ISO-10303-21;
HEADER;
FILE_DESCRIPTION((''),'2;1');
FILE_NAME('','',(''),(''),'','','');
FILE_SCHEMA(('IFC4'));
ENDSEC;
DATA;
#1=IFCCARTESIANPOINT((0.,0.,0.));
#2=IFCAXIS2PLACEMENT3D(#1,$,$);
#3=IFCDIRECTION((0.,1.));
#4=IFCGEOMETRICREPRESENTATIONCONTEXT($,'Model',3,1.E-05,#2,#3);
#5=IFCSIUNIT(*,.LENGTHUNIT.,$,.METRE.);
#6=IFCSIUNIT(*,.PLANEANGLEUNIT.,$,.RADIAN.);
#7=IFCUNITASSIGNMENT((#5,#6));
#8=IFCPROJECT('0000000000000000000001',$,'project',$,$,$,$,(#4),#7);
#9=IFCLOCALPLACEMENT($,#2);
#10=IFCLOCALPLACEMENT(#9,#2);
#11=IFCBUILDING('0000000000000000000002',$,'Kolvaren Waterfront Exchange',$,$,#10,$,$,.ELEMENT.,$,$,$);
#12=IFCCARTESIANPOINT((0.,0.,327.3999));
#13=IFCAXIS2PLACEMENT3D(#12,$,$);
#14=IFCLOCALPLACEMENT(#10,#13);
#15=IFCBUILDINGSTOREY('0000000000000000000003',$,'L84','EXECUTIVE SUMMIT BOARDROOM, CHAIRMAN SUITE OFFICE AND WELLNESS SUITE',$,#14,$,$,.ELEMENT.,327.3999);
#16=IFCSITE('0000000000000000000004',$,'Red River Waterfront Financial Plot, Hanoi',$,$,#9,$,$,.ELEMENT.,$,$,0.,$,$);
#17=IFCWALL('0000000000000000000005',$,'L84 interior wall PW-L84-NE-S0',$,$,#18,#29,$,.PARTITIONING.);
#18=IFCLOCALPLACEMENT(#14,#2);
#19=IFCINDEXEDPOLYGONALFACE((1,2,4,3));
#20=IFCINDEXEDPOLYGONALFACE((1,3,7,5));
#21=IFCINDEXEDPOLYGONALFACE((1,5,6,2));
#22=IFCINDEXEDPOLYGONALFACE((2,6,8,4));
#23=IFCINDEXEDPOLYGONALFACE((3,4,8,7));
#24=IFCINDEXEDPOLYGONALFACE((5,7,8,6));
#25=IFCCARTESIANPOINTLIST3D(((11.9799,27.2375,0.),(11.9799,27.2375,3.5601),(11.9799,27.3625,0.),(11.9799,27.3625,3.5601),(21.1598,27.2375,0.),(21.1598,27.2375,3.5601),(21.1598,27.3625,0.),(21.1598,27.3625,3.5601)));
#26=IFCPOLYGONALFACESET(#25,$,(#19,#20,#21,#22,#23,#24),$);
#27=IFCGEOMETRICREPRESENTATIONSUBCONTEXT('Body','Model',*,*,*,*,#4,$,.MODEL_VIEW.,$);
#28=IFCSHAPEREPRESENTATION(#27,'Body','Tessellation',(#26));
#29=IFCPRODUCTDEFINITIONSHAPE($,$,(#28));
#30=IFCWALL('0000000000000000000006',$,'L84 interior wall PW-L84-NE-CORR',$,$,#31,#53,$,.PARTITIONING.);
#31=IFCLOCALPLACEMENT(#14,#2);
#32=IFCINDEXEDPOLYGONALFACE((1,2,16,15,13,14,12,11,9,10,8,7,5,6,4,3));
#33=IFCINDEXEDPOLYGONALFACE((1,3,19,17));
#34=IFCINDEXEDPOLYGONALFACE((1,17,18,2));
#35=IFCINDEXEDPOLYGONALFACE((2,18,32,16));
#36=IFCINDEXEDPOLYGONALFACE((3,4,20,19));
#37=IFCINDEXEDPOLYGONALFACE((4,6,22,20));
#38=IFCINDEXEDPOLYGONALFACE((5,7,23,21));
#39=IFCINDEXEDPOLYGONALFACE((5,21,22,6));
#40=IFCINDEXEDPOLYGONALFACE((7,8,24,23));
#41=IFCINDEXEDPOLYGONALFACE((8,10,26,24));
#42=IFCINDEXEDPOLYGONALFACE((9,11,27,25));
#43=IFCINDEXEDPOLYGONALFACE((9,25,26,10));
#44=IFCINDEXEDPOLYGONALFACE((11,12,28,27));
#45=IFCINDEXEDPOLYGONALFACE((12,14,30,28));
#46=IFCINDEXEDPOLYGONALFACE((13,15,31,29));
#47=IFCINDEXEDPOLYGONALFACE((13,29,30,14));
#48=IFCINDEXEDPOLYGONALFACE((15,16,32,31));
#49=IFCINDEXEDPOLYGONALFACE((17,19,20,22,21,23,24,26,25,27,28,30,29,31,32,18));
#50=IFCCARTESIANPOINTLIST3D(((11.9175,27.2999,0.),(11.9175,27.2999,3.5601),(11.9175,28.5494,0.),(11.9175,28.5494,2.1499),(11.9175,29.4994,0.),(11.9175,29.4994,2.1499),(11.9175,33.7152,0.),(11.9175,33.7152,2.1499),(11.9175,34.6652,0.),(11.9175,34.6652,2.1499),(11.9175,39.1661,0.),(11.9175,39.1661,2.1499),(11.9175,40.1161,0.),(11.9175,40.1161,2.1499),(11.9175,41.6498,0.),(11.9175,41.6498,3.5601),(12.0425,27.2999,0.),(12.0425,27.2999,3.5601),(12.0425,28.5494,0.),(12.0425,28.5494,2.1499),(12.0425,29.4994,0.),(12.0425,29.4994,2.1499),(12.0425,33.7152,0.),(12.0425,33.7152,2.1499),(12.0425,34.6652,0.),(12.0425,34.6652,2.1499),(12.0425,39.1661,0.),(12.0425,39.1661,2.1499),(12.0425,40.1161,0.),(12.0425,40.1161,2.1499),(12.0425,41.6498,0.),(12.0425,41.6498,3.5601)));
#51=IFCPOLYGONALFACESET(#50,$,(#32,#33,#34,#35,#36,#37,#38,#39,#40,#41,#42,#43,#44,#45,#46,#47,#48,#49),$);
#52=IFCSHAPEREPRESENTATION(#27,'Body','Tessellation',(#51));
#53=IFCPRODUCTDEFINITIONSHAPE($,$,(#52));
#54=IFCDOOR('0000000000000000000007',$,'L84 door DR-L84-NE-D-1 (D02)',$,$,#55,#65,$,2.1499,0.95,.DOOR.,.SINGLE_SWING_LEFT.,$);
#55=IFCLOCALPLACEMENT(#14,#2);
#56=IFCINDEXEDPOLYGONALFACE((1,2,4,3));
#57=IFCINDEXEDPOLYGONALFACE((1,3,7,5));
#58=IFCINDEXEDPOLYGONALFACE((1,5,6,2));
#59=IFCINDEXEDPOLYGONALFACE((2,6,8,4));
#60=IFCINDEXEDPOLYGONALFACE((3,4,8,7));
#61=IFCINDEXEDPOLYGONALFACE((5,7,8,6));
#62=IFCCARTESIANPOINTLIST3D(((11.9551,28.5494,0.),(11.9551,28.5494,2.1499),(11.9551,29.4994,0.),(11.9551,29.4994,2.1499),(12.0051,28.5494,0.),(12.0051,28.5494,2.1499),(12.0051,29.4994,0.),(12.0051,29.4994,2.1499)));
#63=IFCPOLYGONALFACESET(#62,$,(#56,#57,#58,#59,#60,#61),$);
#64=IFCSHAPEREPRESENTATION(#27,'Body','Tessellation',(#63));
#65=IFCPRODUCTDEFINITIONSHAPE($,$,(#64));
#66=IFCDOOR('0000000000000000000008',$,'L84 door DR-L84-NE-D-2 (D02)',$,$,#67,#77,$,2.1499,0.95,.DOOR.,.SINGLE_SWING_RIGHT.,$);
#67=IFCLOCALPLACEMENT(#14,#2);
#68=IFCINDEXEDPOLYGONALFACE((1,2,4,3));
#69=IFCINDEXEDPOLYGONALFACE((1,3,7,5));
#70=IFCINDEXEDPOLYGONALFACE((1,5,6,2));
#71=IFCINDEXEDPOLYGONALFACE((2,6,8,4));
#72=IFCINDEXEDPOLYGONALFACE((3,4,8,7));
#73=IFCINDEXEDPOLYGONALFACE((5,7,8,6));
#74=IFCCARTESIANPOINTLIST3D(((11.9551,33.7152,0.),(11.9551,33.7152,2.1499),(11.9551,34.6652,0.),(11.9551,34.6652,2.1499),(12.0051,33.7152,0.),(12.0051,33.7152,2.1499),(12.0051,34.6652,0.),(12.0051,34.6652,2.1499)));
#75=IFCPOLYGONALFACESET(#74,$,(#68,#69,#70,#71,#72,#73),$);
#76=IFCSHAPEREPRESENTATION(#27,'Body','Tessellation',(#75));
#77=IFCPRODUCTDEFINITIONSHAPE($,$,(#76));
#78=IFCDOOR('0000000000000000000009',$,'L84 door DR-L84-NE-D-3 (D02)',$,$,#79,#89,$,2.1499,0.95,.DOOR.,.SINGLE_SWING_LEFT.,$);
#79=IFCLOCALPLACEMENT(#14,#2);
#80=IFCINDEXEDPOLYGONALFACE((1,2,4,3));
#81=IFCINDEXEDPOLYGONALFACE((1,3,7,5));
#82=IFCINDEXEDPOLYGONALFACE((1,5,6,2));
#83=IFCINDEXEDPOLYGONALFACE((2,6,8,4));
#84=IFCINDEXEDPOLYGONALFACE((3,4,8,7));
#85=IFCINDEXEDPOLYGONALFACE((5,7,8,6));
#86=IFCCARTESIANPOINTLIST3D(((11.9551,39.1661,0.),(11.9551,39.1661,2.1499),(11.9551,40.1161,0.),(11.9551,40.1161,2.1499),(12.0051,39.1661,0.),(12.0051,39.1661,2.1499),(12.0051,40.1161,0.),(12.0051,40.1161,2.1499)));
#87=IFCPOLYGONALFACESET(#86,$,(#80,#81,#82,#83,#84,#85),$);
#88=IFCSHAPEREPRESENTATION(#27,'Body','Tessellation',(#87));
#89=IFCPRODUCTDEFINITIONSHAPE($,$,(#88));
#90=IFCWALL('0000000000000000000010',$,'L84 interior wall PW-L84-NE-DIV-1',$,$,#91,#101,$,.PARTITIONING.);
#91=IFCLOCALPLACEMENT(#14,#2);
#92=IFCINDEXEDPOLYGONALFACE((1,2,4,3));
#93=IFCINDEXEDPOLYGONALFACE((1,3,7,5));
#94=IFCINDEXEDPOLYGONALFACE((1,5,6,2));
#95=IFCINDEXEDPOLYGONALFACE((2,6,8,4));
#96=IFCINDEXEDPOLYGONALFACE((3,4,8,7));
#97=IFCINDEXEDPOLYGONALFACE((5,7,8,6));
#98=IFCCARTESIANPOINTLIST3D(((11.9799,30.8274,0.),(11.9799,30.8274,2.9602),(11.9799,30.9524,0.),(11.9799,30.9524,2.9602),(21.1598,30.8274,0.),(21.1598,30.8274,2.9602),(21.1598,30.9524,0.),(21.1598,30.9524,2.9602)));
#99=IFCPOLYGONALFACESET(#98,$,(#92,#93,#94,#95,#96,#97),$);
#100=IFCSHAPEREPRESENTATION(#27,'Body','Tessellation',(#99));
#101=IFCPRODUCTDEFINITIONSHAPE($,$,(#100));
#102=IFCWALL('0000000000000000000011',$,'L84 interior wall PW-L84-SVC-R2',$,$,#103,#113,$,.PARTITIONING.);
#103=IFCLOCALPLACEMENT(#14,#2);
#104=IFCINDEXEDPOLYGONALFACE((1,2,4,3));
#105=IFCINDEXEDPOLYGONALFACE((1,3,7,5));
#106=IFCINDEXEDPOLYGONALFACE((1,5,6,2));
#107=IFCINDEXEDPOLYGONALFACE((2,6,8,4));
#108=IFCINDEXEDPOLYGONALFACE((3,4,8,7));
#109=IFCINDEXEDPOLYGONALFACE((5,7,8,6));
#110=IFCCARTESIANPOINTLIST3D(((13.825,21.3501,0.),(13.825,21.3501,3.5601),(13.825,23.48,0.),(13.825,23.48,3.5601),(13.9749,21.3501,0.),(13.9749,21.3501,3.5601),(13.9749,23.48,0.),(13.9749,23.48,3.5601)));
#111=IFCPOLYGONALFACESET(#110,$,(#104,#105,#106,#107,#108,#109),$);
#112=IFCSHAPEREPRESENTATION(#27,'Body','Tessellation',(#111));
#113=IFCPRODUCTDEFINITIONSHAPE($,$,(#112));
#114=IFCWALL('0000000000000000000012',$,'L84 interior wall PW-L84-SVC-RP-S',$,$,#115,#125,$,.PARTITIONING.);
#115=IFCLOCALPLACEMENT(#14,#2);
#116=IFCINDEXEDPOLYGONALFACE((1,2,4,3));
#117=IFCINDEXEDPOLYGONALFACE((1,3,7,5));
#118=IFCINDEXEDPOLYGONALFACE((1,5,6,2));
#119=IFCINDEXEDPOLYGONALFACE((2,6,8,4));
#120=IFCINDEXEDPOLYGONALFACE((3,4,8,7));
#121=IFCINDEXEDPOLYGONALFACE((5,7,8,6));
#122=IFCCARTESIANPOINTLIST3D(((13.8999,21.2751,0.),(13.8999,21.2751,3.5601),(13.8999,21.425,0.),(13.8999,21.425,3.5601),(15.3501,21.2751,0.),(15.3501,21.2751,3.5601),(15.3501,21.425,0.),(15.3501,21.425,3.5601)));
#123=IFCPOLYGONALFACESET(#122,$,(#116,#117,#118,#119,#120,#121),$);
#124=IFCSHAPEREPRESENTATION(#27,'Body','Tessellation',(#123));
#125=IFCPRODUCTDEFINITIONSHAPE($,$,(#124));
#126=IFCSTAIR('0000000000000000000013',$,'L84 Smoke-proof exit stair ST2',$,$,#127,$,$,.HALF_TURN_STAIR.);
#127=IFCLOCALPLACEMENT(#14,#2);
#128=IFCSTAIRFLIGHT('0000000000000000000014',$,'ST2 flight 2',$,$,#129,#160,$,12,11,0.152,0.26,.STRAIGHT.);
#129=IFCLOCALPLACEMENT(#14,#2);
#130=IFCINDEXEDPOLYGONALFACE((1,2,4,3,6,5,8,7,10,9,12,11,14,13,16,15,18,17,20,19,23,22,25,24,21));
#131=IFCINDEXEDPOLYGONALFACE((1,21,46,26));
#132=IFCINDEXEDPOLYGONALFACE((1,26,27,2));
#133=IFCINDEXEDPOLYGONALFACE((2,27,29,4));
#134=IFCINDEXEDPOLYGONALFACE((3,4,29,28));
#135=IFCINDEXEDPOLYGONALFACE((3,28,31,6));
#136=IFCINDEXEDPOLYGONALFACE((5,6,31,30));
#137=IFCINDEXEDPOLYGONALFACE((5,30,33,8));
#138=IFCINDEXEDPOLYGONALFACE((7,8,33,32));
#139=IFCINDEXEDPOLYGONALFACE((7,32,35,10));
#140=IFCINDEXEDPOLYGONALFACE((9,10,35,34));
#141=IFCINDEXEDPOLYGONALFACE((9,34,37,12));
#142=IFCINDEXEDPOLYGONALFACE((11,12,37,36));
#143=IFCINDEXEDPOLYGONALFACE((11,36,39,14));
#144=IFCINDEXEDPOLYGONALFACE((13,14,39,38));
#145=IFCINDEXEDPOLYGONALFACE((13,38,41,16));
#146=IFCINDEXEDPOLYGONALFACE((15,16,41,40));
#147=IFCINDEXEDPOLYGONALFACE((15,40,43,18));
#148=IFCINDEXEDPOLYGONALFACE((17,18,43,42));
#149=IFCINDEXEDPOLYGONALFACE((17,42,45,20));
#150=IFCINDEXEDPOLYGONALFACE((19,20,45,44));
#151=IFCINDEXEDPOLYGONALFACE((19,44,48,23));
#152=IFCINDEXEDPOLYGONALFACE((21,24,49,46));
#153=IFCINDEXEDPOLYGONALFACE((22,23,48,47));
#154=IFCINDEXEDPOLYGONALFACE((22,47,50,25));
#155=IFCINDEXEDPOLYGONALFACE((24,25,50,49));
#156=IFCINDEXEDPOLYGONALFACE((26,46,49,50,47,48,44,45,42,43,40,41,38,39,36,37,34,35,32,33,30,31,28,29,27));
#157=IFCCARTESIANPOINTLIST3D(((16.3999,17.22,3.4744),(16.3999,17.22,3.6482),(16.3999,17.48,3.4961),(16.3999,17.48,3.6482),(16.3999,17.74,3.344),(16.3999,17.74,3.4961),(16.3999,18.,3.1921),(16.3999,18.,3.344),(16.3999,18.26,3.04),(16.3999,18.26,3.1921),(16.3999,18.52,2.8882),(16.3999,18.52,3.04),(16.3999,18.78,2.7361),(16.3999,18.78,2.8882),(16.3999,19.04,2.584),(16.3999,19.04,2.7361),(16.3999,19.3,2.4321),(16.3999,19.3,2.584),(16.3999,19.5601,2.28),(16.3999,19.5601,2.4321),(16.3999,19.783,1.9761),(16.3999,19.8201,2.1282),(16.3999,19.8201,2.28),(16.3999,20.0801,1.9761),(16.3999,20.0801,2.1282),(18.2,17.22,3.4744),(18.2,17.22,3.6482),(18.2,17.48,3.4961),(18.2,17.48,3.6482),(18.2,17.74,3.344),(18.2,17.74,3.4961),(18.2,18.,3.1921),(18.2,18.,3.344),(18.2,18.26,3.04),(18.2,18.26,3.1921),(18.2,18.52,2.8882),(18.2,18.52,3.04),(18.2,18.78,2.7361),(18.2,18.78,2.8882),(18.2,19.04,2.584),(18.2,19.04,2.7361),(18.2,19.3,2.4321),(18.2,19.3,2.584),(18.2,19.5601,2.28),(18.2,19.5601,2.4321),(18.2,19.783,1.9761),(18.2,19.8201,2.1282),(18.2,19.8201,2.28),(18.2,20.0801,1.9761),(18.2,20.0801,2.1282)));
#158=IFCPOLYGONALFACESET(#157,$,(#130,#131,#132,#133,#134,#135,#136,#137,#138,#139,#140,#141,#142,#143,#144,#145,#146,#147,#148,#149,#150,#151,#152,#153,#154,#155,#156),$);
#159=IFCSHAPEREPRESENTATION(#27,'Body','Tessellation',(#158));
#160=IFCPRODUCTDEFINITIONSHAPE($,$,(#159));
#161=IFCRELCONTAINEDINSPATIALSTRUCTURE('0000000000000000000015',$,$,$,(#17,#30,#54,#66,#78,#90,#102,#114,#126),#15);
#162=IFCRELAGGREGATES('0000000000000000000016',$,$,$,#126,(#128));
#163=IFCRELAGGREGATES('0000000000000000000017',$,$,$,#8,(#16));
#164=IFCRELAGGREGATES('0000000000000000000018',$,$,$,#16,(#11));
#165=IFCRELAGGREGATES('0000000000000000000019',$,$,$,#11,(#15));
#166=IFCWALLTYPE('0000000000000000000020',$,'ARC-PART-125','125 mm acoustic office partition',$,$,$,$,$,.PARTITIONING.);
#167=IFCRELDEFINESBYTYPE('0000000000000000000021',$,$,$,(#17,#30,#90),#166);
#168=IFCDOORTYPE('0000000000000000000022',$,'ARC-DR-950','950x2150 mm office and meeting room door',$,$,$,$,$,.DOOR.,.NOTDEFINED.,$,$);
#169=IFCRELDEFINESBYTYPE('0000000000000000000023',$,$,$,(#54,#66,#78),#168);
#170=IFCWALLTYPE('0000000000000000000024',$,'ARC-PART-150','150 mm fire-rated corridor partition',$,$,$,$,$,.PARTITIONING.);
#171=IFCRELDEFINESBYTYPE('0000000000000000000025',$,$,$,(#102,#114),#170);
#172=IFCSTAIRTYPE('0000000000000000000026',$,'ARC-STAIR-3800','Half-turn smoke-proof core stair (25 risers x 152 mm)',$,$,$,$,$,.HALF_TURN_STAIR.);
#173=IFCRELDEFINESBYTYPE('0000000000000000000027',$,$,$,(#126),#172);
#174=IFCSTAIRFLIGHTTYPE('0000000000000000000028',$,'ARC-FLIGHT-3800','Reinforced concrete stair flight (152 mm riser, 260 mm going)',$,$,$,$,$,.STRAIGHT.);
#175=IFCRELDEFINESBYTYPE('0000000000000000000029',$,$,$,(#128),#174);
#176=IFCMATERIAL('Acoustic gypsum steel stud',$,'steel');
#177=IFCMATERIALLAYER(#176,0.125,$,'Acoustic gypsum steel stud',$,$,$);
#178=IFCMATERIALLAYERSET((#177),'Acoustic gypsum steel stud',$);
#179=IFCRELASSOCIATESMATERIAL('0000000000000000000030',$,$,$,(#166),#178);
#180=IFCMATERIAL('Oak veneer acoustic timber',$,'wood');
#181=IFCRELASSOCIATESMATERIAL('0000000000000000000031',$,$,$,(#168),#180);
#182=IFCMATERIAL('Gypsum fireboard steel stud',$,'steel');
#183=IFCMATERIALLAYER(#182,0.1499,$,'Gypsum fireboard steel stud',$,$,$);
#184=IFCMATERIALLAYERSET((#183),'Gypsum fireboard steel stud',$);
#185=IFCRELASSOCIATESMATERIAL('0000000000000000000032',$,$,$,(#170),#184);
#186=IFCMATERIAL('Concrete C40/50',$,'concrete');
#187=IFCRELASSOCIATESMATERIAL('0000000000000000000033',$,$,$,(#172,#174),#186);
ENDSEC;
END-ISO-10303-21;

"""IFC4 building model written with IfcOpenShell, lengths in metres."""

from ifc_helpers import new_model, si_unit, direction, frame, frame_2d, origin, place, context, subcontext, project, spatial, polyline, rectangle, outline, extrude, material, layer, layer_set, type_object, element, fill, aggregate, save


model = new_model("IFC4")

# Units and contexts
model_context = context("Model", 3, precision=1e-05, world=origin(), true_north=direction((0.0, 1.0)))
body_context = subcontext(model_context, "Body", "Model", "MODEL_VIEW")
ifc_project = project(units=[si_unit("LENGTHUNIT", "METRE"), si_unit("PLANEANGLEUNIT", "RADIAN")], contexts=[model_context])

# Site, building, storey
site_placement = place(None, origin())
site = spatial("IfcSite", under=ifc_project, at=site_placement, Name="Red River Waterfront Financial Plot, Hanoi", CompositionType="ELEMENT", RefElevation=0.0)
building_placement = place(site_placement, origin())
building = spatial("IfcBuilding", under=site, at=building_placement, Name="Kolvaren Waterfront Exchange", CompositionType="ELEMENT")
storey_placement = place(building_placement, frame((0.0, 0.0, 327.3999)))
storey = spatial("IfcBuildingStorey", under=building, at=storey_placement, Name="L84", Description="EXECUTIVE SUMMIT BOARDROOM, CHAIRMAN SUITE OFFICE AND WELLNESS SUITE", CompositionType="ELEMENT", Elevation=327.3999)

# Shared definitions
ifc_material_1 = material(Name="Acoustic gypsum steel stud", Category="steel")
ifc_layer_1 = layer(ifc_material_1, 0.125, Name="Acoustic gypsum steel stud")
ifc_layer_set_1 = layer_set([ifc_layer_1], Name="Acoustic gypsum steel stud")
wall_type_1 = type_object("IfcWallType", Name="ARC-PART-125", Description="125 mm acoustic office partition", PredefinedType="PARTITIONING", material=ifc_layer_set_1)

# Shared definitions
ifc_material_2 = material(Name="Oak veneer acoustic timber", Category="wood")
door_type_1 = type_object("IfcDoorType", Name="ARC-DR-950", Description="950x2150 mm office and meeting room door", OperationType="NOTDEFINED", PredefinedType="DOOR", material=ifc_material_2)

# Wall
wall_1_placement = place(storey_placement, frame((11.98, 27.3, 0.0), z_axis=(0.0, 0.0, 1.0), x_axis=(1.0, 0.0, 0.0)))
element("IfcWall", 1, at=wall_1_placement, inside=storey, type_object=wall_type_1, Name="L84 interior wall PW-L84-NE-S0", PredefinedType="PARTITIONING", context=body_context, shape_type="SweptSolid", body=[
    extrude(rectangle(XDim=9.1799, YDim=0.125, at=frame_2d((4.5898, 0.0))), origin(), (0.0, 0.0, 1.0), 3.5601),
])

# Wall, openings, doors
wall_2_placement = place(storey_placement, frame((11.98, 27.3, 0.0), z_axis=(0.0, 0.0, 1.0), x_axis=(0.0, 1.0, 0.0)))
wall_2 = element("IfcWall", 2, at=wall_2_placement, inside=storey, type_object=wall_type_1, Name="L84 interior wall PW-L84-NE-CORR", PredefinedType="PARTITIONING", context=body_context, shape_type="SweptSolid", body=[
    extrude(rectangle(XDim=14.3499, YDim=0.125, at=frame_2d((7.1748, 0.0))), origin(), (0.0, 0.0, 1.0), 3.5601),
])
opening_1_placement = place(wall_2_placement, frame((1.2493, 0.0, 0.0)))
opening_1 = element("IfcOpeningElement", 3, at=opening_1_placement, cuts=wall_2, PredefinedType="OPENING", context=body_context, shape_type="SweptSolid", body=[
    extrude(rectangle(XDim=0.95, YDim=2.1499, at=frame_2d((0.4751, 1.075))), frame((0.0, 0.0725, 0.0), z_axis=(0.0, -1.0, 0.0), x_axis=(1.0, 0.0, 0.0)), (0.0, 0.0, 1.0), 0.145),
])
opening_2_placement = place(wall_2_placement, frame((6.415, 0.0, 0.0)))
opening_2 = element("IfcOpeningElement", 4, at=opening_2_placement, cuts=wall_2, PredefinedType="OPENING", context=body_context, shape_type="SweptSolid", body=[
    extrude(rectangle(XDim=0.95, YDim=2.1499, at=frame_2d((0.4751, 1.075))), frame((0.0, 0.0725, 0.0), z_axis=(0.0, -1.0, 0.0), x_axis=(1.0, 0.0, 0.0)), (0.0, 0.0, 1.0), 0.145),
])
opening_3_placement = place(wall_2_placement, frame((11.866, 0.0, 0.0)))
opening_3 = element("IfcOpeningElement", 5, at=opening_3_placement, cuts=wall_2, PredefinedType="OPENING", context=body_context, shape_type="SweptSolid", body=[
    extrude(rectangle(XDim=0.95, YDim=2.1499, at=frame_2d((0.4751, 1.075))), frame((0.0, 0.0725, 0.0), z_axis=(0.0, -1.0, 0.0), x_axis=(1.0, 0.0, 0.0)), (0.0, 0.0, 1.0), 0.145),
])
door_1_placement = place(opening_1_placement, origin())
door_1 = element("IfcDoor", 6, at=door_1_placement, inside=storey, type_object=door_type_1, Name="L84 door DR-L84-NE-D-1 (D02)", OperationType="SINGLE_SWING_LEFT", OverallHeight=2.1499, OverallWidth=0.95, PredefinedType="DOOR", context=body_context, shape_type="SweptSolid", body=[
    extrude(rectangle(XDim=0.95, YDim=2.1499, at=frame_2d((0.4751, 1.075))), frame((0.0, 0.0249, 0.0), z_axis=(0.0, -1.0, 0.0), x_axis=(1.0, 0.0, 0.0)), (0.0, 0.0, 1.0), 0.05),
])
fill(opening_1, door_1)
door_2_placement = place(opening_2_placement, origin())
door_2 = element("IfcDoor", 7, at=door_2_placement, inside=storey, type_object=door_type_1, Name="L84 door DR-L84-NE-D-2 (D02)", OperationType="SINGLE_SWING_RIGHT", OverallHeight=2.1499, OverallWidth=0.95, PredefinedType="DOOR", context=body_context, shape_type="SweptSolid", body=[
    extrude(rectangle(XDim=0.95, YDim=2.1499, at=frame_2d((0.4751, 1.075))), frame((0.0, 0.0249, 0.0), z_axis=(0.0, -1.0, 0.0), x_axis=(1.0, 0.0, 0.0)), (0.0, 0.0, 1.0), 0.05),
])
fill(opening_2, door_2)
door_3_placement = place(opening_3_placement, origin())
door_3 = element("IfcDoor", 8, at=door_3_placement, inside=storey, type_object=door_type_1, Name="L84 door DR-L84-NE-D-3 (D02)", OperationType="SINGLE_SWING_LEFT", OverallHeight=2.1499, OverallWidth=0.95, PredefinedType="DOOR", context=body_context, shape_type="SweptSolid", body=[
    extrude(rectangle(XDim=0.95, YDim=2.1499, at=frame_2d((0.4751, 1.075))), frame((0.0, 0.0249, 0.0), z_axis=(0.0, -1.0, 0.0), x_axis=(1.0, 0.0, 0.0)), (0.0, 0.0, 1.0), 0.05),
])
fill(opening_3, door_3)

# Walls
wall_3_placement = place(storey_placement, frame((11.98, 30.8899, 0.0), z_axis=(0.0, 0.0, 1.0), x_axis=(1.0, 0.0, 0.0)))
element("IfcWall", 9, at=wall_3_placement, inside=storey, type_object=wall_type_1, Name="L84 interior wall PW-L84-NE-DIV-1", PredefinedType="PARTITIONING", context=body_context, shape_type="SweptSolid", body=[
    extrude(rectangle(XDim=9.1799, YDim=0.125, at=frame_2d((4.5898, 0.0))), origin(), (0.0, 0.0, 1.0), 2.9602),
])
ifc_material_3 = material(Name="Gypsum fireboard steel stud", Category="steel")
ifc_layer_2 = layer(ifc_material_3, 0.1499, Name="Gypsum fireboard steel stud")
ifc_layer_set_2 = layer_set([ifc_layer_2], Name="Gypsum fireboard steel stud")
wall_type_2 = type_object("IfcWallType", Name="ARC-PART-150", Description="150 mm fire-rated corridor partition", PredefinedType="PARTITIONING", material=ifc_layer_set_2)
wall_4_placement = place(storey_placement, frame((13.8999, 21.3501, 0.0), z_axis=(0.0, 0.0, 1.0), x_axis=(0.0, 1.0, 0.0)))
element("IfcWall", 10, at=wall_4_placement, inside=storey, type_object=wall_type_2, Name="L84 interior wall PW-L84-SVC-R2", PredefinedType="PARTITIONING", context=body_context, shape_type="SweptSolid", body=[
    extrude(rectangle(XDim=2.1299, YDim=0.1499, at=frame_2d((1.0649, 0.0))), origin(), (0.0, 0.0, 1.0), 3.5601),
])
wall_5_placement = place(storey_placement, frame((13.8999, 21.3501, 0.0), z_axis=(0.0, 0.0, 1.0), x_axis=(1.0, 0.0, 0.0)))
element("IfcWall", 11, at=wall_5_placement, inside=storey, type_object=wall_type_2, Name="L84 interior wall PW-L84-SVC-RP-S", PredefinedType="PARTITIONING", context=body_context, shape_type="SweptSolid", body=[
    extrude(rectangle(XDim=1.4502, YDim=0.1499, at=frame_2d((0.7251, 0.0))), origin(), (0.0, 0.0, 1.0), 3.5601),
])

# Stair, stair flight
ifc_material_4 = material(Name="Concrete C40/50", Category="concrete")
stair_type = type_object("IfcStairType", Name="ARC-STAIR-3800", Description="Half-turn smoke-proof core stair (25 risers x 152 mm)", PredefinedType="HALF_TURN_STAIR", material=ifc_material_4)
stair_placement = place(storey_placement, origin())
stair = element("IfcStair", 12, at=stair_placement, inside=storey, type_object=stair_type, Name="L84 Smoke-proof exit stair ST2", PredefinedType="HALF_TURN_STAIR")
stair_flight_type = type_object("IfcStairFlightType", Name="ARC-FLIGHT-3800", Description="Reinforced concrete stair flight (152 mm riser, 260 mm going)", PredefinedType="STRAIGHT", material=ifc_material_4)
stair_flight_placement = place(storey_placement, frame((17.3, 20.0801, 1.9761), z_axis=(0.0, 0.0, 1.0), x_axis=(0.0, -1.0, 0.0)))
stair_flight = element("IfcStairFlight", 13, at=stair_flight_placement, type_object=stair_flight_type, Name="ST2 flight 2", NumberOfRisers=12, NumberOfTreads=11, PredefinedType="STRAIGHT", RiserHeight=0.152, TreadLength=0.26, context=body_context, shape_type="SweptSolid", body=[
    extrude(outline(polyline([(0.0, 0.0), (0.0, 0.1521), (0.26, 0.1521), (0.26, 0.304), (0.52, 0.304), (0.52, 0.4561), (0.78, 0.4561), (0.78, 0.6079), (1.04, 0.6079), (1.04, 0.76), (1.3, 0.76), (1.3, 0.9121), (1.5601, 0.9121), (1.5601, 1.064), (1.8201, 1.064), (1.8201, 1.2161), (2.0801, 1.2161), (2.0801, 1.3679), (2.3401, 1.3679), (2.3401, 1.52), (2.6001, 1.52), (2.6001, 1.6721), (2.8601, 1.6721), (2.8601, 1.824), (2.8601, 1.4983), (0.2971, 0.0), (0.0, 0.0)])), frame((0.0, 0.8999, 0.0), z_axis=(0.0, -1.0, 0.0), x_axis=(1.0, 0.0, 0.0)), (0.0, 0.0, 1.0), 1.8),
])
aggregate(stair, [stair_flight])

save(model, "model.ifc")
